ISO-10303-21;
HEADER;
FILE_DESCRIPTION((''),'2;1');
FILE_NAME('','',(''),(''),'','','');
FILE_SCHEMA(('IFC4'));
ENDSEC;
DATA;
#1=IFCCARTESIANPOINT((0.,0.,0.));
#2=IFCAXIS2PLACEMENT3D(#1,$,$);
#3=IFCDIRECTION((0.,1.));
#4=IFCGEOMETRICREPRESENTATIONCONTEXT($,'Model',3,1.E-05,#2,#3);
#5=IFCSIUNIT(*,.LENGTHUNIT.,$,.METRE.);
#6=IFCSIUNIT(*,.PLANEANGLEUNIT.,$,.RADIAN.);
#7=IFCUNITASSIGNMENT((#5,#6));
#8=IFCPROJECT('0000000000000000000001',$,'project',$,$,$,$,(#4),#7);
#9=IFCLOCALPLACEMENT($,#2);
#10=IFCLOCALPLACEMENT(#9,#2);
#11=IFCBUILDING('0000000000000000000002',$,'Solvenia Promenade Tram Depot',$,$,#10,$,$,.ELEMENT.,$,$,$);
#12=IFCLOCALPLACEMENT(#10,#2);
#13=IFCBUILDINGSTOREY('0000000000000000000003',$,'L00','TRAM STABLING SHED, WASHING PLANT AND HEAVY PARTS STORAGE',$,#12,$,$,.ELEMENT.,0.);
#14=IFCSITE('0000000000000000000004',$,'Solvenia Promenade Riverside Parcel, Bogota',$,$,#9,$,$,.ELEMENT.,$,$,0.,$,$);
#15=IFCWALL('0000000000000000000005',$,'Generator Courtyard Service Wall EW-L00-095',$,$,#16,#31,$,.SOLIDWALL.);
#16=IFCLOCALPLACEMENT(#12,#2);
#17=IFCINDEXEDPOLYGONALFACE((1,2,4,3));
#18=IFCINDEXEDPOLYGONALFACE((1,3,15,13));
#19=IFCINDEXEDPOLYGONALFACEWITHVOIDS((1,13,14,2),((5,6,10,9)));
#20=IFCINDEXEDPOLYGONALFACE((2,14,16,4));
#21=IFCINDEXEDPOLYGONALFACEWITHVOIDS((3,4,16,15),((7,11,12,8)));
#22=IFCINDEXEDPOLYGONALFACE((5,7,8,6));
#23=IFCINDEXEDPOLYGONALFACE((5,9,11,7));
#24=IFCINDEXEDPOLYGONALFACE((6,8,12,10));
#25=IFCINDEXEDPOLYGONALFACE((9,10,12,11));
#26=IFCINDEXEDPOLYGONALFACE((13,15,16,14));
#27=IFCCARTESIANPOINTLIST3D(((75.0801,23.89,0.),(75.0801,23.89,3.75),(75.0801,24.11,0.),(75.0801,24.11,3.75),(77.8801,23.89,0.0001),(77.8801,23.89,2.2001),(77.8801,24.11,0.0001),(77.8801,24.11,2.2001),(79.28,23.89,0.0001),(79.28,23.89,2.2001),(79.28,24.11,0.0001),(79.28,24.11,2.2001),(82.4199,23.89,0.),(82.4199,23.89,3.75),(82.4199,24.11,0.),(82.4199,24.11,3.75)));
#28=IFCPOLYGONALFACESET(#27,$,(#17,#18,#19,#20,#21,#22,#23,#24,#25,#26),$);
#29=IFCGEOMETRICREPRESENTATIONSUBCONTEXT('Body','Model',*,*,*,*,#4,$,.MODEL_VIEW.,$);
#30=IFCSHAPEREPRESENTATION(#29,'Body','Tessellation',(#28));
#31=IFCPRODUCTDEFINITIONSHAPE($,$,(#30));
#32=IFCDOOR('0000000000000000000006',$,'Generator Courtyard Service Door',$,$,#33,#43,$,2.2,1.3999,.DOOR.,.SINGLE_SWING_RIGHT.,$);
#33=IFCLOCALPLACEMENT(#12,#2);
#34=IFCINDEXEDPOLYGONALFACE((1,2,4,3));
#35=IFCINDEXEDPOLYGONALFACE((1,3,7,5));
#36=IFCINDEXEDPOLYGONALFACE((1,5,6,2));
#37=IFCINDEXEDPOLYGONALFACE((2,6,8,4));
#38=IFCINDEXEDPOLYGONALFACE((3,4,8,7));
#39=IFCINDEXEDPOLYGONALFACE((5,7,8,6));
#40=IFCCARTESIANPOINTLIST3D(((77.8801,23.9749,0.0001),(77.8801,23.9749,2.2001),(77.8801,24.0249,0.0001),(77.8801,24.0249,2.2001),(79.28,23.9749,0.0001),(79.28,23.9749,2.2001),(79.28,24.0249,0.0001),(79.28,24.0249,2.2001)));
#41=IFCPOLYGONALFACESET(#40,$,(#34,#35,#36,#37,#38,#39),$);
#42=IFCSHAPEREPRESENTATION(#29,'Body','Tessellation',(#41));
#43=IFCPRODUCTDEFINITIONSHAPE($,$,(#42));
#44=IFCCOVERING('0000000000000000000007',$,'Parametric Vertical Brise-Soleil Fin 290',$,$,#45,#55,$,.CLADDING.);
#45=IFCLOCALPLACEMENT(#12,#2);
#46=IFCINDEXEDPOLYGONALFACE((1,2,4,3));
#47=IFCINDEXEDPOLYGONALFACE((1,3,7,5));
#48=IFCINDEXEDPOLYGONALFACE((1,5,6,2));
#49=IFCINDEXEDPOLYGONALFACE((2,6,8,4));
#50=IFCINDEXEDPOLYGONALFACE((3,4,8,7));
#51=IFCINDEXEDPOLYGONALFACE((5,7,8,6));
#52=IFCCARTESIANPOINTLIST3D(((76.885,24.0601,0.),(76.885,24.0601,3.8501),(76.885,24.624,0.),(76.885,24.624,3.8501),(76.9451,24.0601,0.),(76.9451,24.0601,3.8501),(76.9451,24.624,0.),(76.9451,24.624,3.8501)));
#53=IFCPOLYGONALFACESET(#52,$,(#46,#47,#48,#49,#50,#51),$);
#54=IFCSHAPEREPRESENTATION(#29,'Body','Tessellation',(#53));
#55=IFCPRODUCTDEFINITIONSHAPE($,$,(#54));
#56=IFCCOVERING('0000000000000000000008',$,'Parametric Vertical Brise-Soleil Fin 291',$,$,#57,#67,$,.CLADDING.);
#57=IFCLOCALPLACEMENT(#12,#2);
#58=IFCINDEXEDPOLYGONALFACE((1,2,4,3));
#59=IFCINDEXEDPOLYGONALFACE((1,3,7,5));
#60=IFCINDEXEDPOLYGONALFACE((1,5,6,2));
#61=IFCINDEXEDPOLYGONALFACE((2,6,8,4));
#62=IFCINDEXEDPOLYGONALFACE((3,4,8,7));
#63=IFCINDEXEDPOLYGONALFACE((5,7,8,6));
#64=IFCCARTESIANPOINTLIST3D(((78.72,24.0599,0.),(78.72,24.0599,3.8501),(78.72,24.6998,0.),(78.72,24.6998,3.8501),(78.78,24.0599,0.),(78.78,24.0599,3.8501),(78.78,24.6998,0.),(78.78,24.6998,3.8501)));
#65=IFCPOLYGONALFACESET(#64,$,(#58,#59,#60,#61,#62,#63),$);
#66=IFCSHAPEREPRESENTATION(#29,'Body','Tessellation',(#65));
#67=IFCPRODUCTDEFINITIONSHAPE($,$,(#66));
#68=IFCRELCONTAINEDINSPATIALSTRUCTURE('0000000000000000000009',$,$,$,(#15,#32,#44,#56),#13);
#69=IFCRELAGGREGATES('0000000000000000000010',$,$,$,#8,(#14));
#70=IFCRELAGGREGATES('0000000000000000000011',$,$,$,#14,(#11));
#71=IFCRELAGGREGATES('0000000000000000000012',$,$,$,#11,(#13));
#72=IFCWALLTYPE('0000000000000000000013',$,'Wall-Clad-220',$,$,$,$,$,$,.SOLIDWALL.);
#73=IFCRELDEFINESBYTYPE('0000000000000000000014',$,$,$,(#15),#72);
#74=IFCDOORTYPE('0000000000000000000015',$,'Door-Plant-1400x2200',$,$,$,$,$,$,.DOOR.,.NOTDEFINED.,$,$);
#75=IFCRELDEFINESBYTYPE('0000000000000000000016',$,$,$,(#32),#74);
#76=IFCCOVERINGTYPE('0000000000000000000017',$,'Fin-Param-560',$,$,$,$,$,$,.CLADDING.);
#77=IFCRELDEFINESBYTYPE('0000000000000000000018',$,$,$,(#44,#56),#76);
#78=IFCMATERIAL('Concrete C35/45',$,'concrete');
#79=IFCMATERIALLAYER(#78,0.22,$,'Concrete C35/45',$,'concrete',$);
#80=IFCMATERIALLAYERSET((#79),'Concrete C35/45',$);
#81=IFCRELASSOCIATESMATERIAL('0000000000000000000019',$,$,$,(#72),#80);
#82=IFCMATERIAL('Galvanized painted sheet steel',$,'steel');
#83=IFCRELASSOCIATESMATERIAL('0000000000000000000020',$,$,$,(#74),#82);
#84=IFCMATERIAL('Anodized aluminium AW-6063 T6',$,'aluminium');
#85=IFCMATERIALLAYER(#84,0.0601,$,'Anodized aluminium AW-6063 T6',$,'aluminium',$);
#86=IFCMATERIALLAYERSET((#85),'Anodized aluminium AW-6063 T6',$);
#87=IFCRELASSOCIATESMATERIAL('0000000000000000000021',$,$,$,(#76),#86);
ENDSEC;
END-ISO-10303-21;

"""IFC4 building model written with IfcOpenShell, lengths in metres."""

from ifc_helpers import new_model, si_unit, direction, frame, frame_2d, origin, origin_2d, place, context, subcontext, project, spatial, rectangle, extrude, material, layer, layer_set, type_object, element, fill, save


model = new_model("IFC4")

# Units and contexts
model_context = context("Model", 3, precision=1e-05, world=origin(), true_north=direction((0.0, 1.0)))
body_context = subcontext(model_context, "Body", "Model", "MODEL_VIEW")
ifc_project = project(units=[si_unit("LENGTHUNIT", "METRE"), si_unit("PLANEANGLEUNIT", "RADIAN")], contexts=[model_context])

# Site, building, storey
site_placement = place(None, origin())
site = spatial("IfcSite", under=ifc_project, at=site_placement, Name="Solvenia Promenade Riverside Parcel, Bogota", CompositionType="ELEMENT", RefElevation=0.0)
building_placement = place(site_placement, origin())
building = spatial("IfcBuilding", under=site, at=building_placement, Name="Solvenia Promenade Tram Depot", CompositionType="ELEMENT")
storey_placement = place(building_placement, origin())
storey = spatial("IfcBuildingStorey", under=building, at=storey_placement, Name="L00", Description="TRAM STABLING SHED, WASHING PLANT AND HEAVY PARTS STORAGE", CompositionType="ELEMENT", Elevation=0.0)

# Shared definitions
ifc_material_1 = material(Name="Anodized aluminium AW-6063 T6", Category="aluminium")

# Wall, opening, door
ifc_material_2 = material(Name="Concrete C35/45", Category="concrete")
ifc_layer_1 = layer(ifc_material_2, 0.22, Name="Concrete C35/45", Category="concrete")
ifc_layer_set_1 = layer_set([ifc_layer_1], Name="Concrete C35/45")
wall_type = type_object("IfcWallType", Name="Wall-Clad-220", PredefinedType="SOLIDWALL", material=ifc_layer_set_1)
wall_placement = place(storey_placement, frame((75.0801, 24.0, 0.0), z_axis=(0.0, 0.0, 1.0), x_axis=(1.0, 0.0, 0.0)))
wall = element("IfcWall", 1, at=wall_placement, inside=storey, type_object=wall_type, Name="Generator Courtyard Service Wall EW-L00-095", PredefinedType="SOLIDWALL", context=body_context, shape_type="SweptSolid", body=[
    extrude(rectangle(XDim=7.3398, YDim=0.22, at=frame_2d((3.6699, 0.0))), origin(), (0.0, 0.0, 1.0), 3.75),
])
opening_placement = place(wall_placement, frame((2.8, 0.0, 0.0)))
opening = element("IfcOpeningElement", 2, at=opening_placement, cuts=wall, PredefinedType="OPENING", context=body_context, shape_type="SweptSolid", body=[
    extrude(rectangle(XDim=1.3999, YDim=2.2, at=frame_2d((0.7, 1.1001))), frame((0.0, 0.1199, 0.0), z_axis=(0.0, -1.0, 0.0), x_axis=(1.0, 0.0, 0.0)), (0.0, 0.0, 1.0), 0.24),
])
ifc_material_3 = material(Name="Galvanized painted sheet steel", Category="steel")
door_type = type_object("IfcDoorType", Name="Door-Plant-1400x2200", OperationType="NOTDEFINED", PredefinedType="DOOR", material=ifc_material_3)
door_placement = place(opening_placement, origin())
door = element("IfcDoor", 3, at=door_placement, inside=storey, type_object=door_type, Name="Generator Courtyard Service Door", OperationType="SINGLE_SWING_RIGHT", OverallHeight=2.2, OverallWidth=1.3999, PredefinedType="DOOR", context=body_context, shape_type="SweptSolid", body=[
    extrude(rectangle(XDim=1.3999, YDim=2.2, at=frame_2d((0.7, 1.1001))), frame((0.0, 0.0249, 0.0), z_axis=(0.0, -1.0, 0.0), x_axis=(1.0, 0.0, 0.0)), (0.0, 0.0, 1.0), 0.05),
])
fill(opening, door)

# Coverings
ifc_layer_2 = layer(ifc_material_1, 0.0601, Name="Anodized aluminium AW-6063 T6", Category="aluminium")
ifc_layer_set_2 = layer_set([ifc_layer_2], Name="Anodized aluminium AW-6063 T6")
covering_type = type_object("IfcCoveringType", Name="Fin-Param-560", PredefinedType="CLADDING", material=ifc_layer_set_2)
covering_1_placement = place(storey_placement, frame((76.915, 24.342, 0.0), z_axis=(0.0, 0.0, 1.0), x_axis=(1.0, 0.0, 0.0)))
element("IfcCovering", 4, at=covering_1_placement, inside=storey, type_object=covering_type, Name="Parametric Vertical Brise-Soleil Fin 290", PredefinedType="CLADDING", context=body_context, shape_type="SweptSolid", body=[
    extrude(rectangle(XDim=0.0601, YDim=0.564, at=origin_2d()), origin(), (0.0, 0.0, 1.0), 3.8501),
])
covering_2_placement = place(storey_placement, frame((78.75, 24.3799, 0.0), z_axis=(0.0, 0.0, 1.0), x_axis=(1.0, 0.0, 0.0)))
element("IfcCovering", 5, at=covering_2_placement, inside=storey, type_object=covering_type, Name="Parametric Vertical Brise-Soleil Fin 291", PredefinedType="CLADDING", context=body_context, shape_type="SweptSolid", body=[
    extrude(rectangle(XDim=0.0601, YDim=0.6399, at=origin_2d()), origin(), (0.0, 0.0, 1.0), 3.8501),
])

save(model, "model.ifc")
